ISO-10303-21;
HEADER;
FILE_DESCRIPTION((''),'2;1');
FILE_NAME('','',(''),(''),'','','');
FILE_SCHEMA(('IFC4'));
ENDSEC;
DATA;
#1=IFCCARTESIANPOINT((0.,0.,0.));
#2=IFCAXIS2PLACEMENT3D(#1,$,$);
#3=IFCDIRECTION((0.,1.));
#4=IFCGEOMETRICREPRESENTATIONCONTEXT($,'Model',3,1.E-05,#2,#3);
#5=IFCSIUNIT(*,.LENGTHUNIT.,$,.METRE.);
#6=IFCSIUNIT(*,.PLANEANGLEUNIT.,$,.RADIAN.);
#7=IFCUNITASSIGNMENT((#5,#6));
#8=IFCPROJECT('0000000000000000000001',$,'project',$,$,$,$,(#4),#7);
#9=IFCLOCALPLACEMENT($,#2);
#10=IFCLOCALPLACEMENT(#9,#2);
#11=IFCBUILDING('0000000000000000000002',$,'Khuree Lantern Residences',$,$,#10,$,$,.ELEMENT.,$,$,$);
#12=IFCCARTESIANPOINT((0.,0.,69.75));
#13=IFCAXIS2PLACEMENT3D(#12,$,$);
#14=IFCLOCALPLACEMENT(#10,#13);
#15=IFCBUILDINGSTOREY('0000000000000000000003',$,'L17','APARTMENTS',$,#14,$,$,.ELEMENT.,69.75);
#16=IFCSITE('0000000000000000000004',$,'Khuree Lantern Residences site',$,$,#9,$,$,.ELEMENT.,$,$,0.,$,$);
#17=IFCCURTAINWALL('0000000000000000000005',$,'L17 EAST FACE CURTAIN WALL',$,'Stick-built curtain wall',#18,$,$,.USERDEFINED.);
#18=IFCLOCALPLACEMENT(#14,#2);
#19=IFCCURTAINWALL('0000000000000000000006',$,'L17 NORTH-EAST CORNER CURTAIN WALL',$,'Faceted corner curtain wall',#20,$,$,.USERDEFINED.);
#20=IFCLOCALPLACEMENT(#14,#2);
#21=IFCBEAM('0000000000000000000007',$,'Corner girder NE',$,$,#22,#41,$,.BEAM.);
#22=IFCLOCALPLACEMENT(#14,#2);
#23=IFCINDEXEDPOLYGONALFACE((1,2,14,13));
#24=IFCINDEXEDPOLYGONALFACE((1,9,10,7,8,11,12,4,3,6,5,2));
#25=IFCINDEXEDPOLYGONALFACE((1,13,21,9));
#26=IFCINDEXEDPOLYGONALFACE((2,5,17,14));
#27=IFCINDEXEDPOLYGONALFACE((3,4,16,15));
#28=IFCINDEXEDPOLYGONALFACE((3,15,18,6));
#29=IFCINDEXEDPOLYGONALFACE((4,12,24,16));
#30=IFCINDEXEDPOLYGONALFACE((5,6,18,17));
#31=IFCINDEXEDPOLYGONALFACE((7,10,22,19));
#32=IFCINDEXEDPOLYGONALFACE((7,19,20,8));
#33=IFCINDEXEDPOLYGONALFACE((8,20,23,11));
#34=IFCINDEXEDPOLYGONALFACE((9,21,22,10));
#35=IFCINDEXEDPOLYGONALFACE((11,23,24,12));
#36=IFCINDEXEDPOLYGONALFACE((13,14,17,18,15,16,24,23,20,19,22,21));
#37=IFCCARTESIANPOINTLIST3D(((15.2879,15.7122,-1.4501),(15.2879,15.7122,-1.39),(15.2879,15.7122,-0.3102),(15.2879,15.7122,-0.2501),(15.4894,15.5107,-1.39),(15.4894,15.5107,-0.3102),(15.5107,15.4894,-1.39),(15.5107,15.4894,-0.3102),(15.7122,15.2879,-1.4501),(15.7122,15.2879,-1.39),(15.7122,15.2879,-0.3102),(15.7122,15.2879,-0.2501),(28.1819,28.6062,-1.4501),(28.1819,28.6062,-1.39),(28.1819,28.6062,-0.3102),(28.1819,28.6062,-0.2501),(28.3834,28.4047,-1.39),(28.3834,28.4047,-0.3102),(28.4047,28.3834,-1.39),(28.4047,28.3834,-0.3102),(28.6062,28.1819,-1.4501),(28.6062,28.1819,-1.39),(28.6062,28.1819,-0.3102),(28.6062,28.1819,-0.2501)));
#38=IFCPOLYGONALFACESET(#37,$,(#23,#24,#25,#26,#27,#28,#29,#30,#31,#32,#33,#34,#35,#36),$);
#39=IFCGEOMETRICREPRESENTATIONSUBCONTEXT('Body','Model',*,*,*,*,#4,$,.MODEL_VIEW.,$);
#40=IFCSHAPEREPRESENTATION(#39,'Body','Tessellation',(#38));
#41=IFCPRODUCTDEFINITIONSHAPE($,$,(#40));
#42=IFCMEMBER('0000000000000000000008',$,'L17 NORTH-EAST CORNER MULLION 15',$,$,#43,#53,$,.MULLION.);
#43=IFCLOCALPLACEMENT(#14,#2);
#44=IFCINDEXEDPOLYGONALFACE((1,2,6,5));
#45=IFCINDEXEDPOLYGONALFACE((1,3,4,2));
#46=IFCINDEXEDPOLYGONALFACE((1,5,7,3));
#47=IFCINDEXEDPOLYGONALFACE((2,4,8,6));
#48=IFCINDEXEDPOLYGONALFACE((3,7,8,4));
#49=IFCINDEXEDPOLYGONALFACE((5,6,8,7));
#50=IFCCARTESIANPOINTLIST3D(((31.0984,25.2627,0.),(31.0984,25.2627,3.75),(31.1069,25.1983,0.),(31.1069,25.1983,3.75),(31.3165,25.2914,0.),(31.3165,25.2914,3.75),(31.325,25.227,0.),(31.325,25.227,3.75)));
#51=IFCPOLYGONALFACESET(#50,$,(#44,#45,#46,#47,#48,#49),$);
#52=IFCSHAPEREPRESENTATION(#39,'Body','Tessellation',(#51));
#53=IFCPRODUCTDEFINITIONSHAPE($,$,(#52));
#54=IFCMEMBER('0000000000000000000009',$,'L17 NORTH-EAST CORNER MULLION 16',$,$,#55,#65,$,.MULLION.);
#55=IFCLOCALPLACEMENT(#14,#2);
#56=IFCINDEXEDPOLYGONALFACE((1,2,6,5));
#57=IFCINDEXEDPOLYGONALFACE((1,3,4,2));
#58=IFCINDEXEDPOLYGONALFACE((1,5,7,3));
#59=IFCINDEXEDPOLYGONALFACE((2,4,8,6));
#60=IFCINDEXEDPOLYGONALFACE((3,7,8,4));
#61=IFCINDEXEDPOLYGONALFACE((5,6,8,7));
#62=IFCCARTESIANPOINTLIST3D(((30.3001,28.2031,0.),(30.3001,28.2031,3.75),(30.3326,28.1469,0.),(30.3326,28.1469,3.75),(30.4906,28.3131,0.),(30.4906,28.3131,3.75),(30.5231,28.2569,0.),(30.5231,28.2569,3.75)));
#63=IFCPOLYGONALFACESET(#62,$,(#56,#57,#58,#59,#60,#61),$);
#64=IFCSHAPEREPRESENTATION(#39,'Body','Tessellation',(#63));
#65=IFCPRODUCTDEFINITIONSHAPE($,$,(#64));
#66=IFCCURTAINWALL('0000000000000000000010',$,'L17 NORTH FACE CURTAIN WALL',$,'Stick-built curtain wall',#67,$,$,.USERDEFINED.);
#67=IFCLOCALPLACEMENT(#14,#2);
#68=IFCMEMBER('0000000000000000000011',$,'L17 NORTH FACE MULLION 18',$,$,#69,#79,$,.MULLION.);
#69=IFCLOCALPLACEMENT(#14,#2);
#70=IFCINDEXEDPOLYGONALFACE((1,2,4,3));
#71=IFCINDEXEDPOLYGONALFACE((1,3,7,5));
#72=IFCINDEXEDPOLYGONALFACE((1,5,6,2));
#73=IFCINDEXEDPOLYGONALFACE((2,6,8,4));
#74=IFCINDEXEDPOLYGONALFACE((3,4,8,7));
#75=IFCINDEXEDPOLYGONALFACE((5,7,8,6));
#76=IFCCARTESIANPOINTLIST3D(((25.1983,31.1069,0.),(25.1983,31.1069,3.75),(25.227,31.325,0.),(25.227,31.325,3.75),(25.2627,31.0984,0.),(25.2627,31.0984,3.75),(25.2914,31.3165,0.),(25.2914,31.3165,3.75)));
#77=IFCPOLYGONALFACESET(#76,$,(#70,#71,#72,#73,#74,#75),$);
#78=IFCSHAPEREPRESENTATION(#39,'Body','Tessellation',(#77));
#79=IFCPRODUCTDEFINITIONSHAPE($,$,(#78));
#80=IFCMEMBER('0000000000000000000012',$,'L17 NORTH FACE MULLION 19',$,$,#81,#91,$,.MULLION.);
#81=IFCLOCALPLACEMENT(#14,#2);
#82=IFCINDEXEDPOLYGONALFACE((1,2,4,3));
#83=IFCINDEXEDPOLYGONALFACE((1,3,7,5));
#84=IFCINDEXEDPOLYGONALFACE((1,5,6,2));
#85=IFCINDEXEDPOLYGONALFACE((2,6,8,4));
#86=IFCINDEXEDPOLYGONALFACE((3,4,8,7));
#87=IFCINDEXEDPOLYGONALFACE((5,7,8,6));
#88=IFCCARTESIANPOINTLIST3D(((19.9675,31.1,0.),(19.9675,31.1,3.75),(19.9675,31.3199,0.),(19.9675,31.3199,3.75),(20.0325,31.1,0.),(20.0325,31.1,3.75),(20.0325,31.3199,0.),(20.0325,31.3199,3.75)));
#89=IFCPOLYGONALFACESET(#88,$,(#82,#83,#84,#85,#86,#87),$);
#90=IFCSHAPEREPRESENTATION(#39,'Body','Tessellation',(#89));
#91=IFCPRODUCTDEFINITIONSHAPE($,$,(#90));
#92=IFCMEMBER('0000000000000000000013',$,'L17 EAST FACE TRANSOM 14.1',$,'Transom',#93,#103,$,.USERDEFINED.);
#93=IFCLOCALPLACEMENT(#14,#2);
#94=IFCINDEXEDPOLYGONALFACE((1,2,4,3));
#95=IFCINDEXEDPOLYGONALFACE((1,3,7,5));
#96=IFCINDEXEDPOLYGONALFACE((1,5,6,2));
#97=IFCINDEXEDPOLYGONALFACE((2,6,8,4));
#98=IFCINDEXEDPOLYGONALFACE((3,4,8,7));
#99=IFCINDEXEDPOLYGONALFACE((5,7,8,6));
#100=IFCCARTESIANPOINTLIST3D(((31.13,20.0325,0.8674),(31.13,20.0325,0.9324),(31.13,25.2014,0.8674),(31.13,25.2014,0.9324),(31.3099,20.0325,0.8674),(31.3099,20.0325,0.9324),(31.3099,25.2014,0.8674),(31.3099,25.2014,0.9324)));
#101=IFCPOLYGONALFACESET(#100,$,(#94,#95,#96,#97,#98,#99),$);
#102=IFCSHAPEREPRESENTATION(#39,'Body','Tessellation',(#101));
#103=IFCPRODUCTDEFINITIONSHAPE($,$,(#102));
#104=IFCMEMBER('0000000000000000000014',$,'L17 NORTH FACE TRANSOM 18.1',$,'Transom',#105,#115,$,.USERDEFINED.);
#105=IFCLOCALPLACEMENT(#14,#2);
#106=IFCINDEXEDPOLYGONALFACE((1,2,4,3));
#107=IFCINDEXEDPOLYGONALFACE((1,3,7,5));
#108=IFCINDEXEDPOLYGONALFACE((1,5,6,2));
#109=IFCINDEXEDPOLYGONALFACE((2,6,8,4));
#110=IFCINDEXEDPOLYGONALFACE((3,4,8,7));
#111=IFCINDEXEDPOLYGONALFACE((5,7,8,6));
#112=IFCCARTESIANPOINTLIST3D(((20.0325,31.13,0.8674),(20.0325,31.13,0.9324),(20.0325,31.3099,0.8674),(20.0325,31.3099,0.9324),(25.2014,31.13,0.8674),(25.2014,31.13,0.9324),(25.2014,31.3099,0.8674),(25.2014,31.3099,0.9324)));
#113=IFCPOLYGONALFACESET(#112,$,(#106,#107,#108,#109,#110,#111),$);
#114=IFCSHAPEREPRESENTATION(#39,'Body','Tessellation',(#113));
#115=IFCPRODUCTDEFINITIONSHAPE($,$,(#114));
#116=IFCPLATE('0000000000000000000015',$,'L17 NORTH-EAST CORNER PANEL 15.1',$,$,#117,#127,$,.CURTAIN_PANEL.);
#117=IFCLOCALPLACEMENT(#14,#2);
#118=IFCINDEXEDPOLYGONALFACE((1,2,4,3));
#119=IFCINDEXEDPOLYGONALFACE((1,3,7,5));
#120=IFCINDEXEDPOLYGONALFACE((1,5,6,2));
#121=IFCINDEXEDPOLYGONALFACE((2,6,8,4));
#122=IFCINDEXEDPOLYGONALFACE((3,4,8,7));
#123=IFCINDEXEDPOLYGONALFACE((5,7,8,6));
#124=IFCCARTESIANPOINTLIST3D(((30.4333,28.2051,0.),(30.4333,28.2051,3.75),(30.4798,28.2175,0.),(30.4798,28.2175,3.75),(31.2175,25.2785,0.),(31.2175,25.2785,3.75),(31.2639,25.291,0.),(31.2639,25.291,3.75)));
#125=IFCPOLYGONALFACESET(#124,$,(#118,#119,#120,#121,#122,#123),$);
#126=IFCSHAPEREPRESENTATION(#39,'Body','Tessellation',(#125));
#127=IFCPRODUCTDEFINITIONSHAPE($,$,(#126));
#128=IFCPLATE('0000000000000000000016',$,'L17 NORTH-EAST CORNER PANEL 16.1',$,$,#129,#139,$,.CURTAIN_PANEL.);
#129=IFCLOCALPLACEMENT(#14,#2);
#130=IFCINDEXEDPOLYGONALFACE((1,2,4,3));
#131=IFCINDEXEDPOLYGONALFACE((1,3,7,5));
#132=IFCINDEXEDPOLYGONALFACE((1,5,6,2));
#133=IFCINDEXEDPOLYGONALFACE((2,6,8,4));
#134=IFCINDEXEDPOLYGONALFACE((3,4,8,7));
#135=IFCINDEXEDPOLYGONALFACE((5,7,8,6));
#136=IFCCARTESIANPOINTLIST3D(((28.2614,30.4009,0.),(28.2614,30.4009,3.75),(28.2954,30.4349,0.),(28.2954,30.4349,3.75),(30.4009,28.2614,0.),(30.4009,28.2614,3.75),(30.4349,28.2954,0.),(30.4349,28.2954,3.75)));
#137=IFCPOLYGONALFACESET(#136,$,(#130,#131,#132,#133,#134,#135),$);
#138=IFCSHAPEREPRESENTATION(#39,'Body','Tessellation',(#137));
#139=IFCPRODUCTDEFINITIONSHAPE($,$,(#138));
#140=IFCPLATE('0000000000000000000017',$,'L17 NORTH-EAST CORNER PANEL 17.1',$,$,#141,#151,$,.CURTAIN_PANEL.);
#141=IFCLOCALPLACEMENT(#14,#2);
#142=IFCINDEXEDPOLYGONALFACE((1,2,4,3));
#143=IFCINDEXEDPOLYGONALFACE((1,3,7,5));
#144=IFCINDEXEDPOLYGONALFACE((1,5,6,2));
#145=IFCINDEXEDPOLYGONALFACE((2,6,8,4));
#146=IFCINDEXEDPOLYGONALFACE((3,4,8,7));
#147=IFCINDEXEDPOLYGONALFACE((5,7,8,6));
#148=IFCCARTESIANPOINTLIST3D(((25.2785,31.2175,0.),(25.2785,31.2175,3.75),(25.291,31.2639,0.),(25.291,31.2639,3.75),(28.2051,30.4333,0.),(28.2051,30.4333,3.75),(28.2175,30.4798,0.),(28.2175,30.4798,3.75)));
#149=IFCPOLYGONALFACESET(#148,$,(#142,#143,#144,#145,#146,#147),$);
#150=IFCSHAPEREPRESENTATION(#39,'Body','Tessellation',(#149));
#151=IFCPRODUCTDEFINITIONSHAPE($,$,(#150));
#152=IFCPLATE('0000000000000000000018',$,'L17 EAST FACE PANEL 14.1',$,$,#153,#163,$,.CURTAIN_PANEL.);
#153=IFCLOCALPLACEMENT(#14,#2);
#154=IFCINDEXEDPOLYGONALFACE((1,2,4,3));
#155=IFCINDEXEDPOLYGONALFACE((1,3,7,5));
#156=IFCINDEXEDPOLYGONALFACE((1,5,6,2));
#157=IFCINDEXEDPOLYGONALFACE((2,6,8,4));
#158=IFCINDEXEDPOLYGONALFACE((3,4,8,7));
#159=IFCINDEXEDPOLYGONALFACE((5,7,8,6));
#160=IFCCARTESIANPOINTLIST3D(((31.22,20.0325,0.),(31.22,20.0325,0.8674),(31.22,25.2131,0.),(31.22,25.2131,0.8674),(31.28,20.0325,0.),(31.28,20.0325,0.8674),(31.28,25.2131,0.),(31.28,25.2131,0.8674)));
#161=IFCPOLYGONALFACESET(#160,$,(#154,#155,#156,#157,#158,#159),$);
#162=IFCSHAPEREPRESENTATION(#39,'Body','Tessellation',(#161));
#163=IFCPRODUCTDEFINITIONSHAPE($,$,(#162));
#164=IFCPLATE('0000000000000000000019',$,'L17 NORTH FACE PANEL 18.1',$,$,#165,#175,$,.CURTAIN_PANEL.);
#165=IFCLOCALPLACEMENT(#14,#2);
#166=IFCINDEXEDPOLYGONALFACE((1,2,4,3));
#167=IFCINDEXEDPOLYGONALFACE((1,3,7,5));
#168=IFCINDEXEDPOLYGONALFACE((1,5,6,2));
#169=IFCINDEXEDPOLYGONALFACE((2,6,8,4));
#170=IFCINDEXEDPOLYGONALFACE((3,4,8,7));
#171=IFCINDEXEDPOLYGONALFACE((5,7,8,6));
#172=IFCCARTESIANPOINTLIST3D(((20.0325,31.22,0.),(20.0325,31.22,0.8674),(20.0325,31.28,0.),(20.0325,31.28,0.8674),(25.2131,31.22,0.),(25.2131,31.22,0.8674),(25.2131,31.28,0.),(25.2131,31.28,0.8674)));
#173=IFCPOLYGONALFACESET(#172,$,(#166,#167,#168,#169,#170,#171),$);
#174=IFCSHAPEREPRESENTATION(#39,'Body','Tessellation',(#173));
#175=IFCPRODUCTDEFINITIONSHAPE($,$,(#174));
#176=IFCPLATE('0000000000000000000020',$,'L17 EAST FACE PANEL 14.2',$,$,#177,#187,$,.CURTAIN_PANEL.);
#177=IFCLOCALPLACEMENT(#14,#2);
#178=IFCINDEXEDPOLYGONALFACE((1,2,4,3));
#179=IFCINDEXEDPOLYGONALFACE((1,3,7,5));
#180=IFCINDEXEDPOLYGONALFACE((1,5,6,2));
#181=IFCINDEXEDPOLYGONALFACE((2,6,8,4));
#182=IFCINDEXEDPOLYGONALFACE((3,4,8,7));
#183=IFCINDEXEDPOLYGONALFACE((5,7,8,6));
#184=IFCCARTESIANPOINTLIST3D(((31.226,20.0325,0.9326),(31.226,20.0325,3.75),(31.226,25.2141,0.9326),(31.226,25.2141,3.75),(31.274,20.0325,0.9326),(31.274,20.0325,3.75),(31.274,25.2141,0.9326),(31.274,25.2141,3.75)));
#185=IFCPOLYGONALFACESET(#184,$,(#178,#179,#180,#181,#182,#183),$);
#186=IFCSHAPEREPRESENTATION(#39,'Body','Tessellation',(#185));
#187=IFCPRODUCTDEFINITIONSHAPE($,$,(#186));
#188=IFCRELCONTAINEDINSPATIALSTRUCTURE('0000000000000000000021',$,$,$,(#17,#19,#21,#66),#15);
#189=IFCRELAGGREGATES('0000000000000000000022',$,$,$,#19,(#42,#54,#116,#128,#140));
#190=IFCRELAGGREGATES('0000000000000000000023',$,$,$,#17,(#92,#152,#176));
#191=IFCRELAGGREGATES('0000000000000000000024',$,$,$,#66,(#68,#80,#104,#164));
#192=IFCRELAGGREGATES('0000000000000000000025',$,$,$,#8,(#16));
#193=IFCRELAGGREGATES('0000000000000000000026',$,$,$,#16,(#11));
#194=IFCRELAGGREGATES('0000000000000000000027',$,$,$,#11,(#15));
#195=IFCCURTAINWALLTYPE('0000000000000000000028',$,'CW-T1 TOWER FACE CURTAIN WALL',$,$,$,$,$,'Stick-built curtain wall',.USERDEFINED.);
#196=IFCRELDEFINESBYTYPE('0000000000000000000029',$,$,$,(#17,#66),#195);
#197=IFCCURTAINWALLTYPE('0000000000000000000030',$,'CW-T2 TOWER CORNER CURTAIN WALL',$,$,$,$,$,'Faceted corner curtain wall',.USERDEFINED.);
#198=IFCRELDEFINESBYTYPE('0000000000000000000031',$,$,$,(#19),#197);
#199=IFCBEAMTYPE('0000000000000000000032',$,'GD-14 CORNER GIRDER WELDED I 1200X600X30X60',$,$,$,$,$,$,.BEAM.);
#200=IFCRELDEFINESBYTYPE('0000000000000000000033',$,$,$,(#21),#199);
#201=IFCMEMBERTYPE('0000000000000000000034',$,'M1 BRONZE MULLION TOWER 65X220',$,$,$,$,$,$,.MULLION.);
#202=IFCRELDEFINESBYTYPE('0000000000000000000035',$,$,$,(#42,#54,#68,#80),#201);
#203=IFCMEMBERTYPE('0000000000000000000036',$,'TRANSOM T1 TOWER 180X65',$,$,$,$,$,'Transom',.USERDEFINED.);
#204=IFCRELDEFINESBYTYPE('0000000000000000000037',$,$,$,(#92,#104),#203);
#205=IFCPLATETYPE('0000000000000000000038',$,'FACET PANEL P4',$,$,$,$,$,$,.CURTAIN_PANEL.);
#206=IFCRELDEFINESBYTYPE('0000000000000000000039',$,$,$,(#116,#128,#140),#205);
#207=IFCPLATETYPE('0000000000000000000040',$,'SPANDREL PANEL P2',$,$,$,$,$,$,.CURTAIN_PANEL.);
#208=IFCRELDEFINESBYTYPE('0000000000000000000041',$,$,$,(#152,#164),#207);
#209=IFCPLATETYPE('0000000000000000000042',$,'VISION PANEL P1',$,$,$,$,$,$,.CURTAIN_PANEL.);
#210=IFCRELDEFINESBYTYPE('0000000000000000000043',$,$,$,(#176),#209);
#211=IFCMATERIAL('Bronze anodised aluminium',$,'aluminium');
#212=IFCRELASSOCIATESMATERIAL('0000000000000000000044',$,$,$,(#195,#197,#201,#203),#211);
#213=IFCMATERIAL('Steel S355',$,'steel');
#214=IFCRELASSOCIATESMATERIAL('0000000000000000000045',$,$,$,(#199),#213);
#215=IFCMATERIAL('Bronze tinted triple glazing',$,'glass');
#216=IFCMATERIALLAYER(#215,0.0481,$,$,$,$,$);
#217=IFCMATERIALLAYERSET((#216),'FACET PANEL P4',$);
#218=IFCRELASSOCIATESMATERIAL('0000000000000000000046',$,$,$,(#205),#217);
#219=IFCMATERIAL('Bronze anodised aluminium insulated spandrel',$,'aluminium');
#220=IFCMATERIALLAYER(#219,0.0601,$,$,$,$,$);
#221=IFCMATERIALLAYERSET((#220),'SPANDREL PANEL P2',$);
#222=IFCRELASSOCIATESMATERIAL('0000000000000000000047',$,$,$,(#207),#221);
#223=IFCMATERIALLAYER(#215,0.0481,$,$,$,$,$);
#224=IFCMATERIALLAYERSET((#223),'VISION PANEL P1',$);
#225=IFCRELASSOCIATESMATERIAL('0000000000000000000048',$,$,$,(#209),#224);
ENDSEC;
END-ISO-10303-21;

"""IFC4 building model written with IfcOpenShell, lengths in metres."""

from ifc_helpers import new_model, si_unit, direction, frame, origin, origin_2d, place, context, subcontext, project, spatial, rectangle, i_section, extrude, material, layer, layer_set, material_profile, profile_set, type_object, element, aggregate, save


model = new_model("IFC4")

# Units and contexts
model_context = context("Model", 3, precision=1e-05, world=origin(), true_north=direction((0.0, 1.0)))
body_context = subcontext(model_context, "Body", "Model", "MODEL_VIEW")
ifc_project = project(units=[si_unit("LENGTHUNIT", "METRE"), si_unit("PLANEANGLEUNIT", "RADIAN")], contexts=[model_context])

# Site, building, storey
site_placement = place(None, origin())
site = spatial("IfcSite", under=ifc_project, at=site_placement, Name="Khuree Lantern Residences site", CompositionType="ELEMENT", RefElevation=0.0)
building_placement = place(site_placement, origin())
building = spatial("IfcBuilding", under=site, at=building_placement, Name="Khuree Lantern Residences", CompositionType="ELEMENT")
storey_placement = place(building_placement, frame((0.0, 0.0, 69.75)))
storey = spatial("IfcBuildingStorey", under=building, at=storey_placement, Name="L17", Description="APARTMENTS", CompositionType="ELEMENT", Elevation=69.75)

# Shared definitions
ifc_material_1 = material(Name="Steel S355", Category="steel")

# Curtain walls
ifc_material_2 = material(Name="Bronze anodised aluminium", Category="aluminium")
curtain_wall_type_1 = type_object("IfcCurtainWallType", Name="CW-T1 TOWER FACE CURTAIN WALL", ElementType="Stick-built curtain wall", PredefinedType="USERDEFINED", material=ifc_material_2)
curtain_wall_1_placement = place(storey_placement, origin())
curtain_wall_1 = element("IfcCurtainWall", 1, at=curtain_wall_1_placement, inside=storey, type_object=curtain_wall_type_1, Name="L17 EAST FACE CURTAIN WALL", ObjectType="Stick-built curtain wall", PredefinedType="USERDEFINED")
curtain_wall_type_2 = type_object("IfcCurtainWallType", Name="CW-T2 TOWER CORNER CURTAIN WALL", ElementType="Faceted corner curtain wall", PredefinedType="USERDEFINED", material=ifc_material_2)
curtain_wall_2_placement = place(storey_placement, origin())
curtain_wall_2 = element("IfcCurtainWall", 2, at=curtain_wall_2_placement, inside=storey, type_object=curtain_wall_type_2, Name="L17 NORTH-EAST CORNER CURTAIN WALL", ObjectType="Faceted corner curtain wall", PredefinedType="USERDEFINED")

# Beam
ifc_material_profile_1 = material_profile(ifc_material_1, i_section(OverallWidth=0.6001, OverallDepth=1.2, WebThickness=0.03, FlangeThickness=0.0601, at=origin_2d()), Name="WELDED I 1200X600X30X60")
ifc_profile_set_1 = profile_set([ifc_material_profile_1], Name="Steel S355")
beam_type_1 = type_object("IfcBeamType", Name="GD-14 CORNER GIRDER WELDED I 1200X600X30X60", PredefinedType="BEAM", material=ifc_profile_set_1)
beam_1_placement = place(storey_placement, frame((28.394, 28.394, -0.8501), z_axis=(-0.707107, -0.707107, 0.0), x_axis=(0.707107, -0.707107, 0.0)))
element("IfcBeam", 3, at=beam_1_placement, inside=storey, type_object=beam_type_1, Name="Corner girder NE", PredefinedType="BEAM", context=body_context, shape_type="SweptSolid", body=[
    extrude(i_section(OverallWidth=0.6001, OverallDepth=1.2, WebThickness=0.03, FlangeThickness=0.0601, at=origin_2d()), origin(), (0.0, 0.0, 1.0), 18.2349),
])

# Members
ifc_material_profile_2 = material_profile(ifc_material_2, rectangle(XDim=0.0649, YDim=0.22, at=origin_2d()), Name="M1 65X220")
ifc_profile_set_2 = profile_set([ifc_material_profile_2], Name="Bronze anodised aluminium")
member_type_1 = type_object("IfcMemberType", Name="M1 BRONZE MULLION TOWER 65X220", PredefinedType="MULLION", material=ifc_profile_set_2)
member_1_placement = place(storey_placement, frame((31.2117, 25.2449, 0.0), z_axis=(0.0, 0.0, 1.0), x_axis=(-0.130526, 0.991445, 0.0)))
member_1 = element("IfcMember", 4, at=member_1_placement, type_object=member_type_1, Name="L17 NORTH-EAST CORNER MULLION 15", PredefinedType="MULLION", context=body_context, shape_type="SweptSolid", body=[
    extrude(rectangle(XDim=0.0649, YDim=0.22, at=origin_2d()), origin(), (0.0, 0.0, 1.0), 3.75),
])
member_2_placement = place(storey_placement, frame((30.4116, 28.23, 0.0), z_axis=(0.0, 0.0, 1.0), x_axis=(-0.5, 0.866025, 0.0)))
member_2 = element("IfcMember", 5, at=member_2_placement, type_object=member_type_1, Name="L17 NORTH-EAST CORNER MULLION 16", PredefinedType="MULLION", context=body_context, shape_type="SweptSolid", body=[
    extrude(rectangle(XDim=0.0649, YDim=0.22, at=origin_2d()), origin(), (0.0, 0.0, 1.0), 3.75),
])

# Curtain wall, members
curtain_wall_3_placement = place(storey_placement, origin())
curtain_wall_3 = element("IfcCurtainWall", 6, at=curtain_wall_3_placement, inside=storey, type_object=curtain_wall_type_1, Name="L17 NORTH FACE CURTAIN WALL", ObjectType="Stick-built curtain wall", PredefinedType="USERDEFINED")
member_3_placement = place(storey_placement, frame((25.2449, 31.2117, 0.0), z_axis=(0.0, 0.0, 1.0), x_axis=(-0.991445, 0.130526, 0.0)))
member_3 = element("IfcMember", 7, at=member_3_placement, type_object=member_type_1, Name="L17 NORTH FACE MULLION 18", PredefinedType="MULLION", context=body_context, shape_type="SweptSolid", body=[
    extrude(rectangle(XDim=0.0649, YDim=0.22, at=origin_2d()), origin(), (0.0, 0.0, 1.0), 3.75),
])
member_4_placement = place(storey_placement, frame((20.0, 31.21, 0.0), z_axis=(0.0, 0.0, 1.0), x_axis=(-1.0, 0.0, 0.0)))
member_4 = element("IfcMember", 8, at=member_4_placement, type_object=member_type_1, Name="L17 NORTH FACE MULLION 19", PredefinedType="MULLION", context=body_context, shape_type="SweptSolid", body=[
    extrude(rectangle(XDim=0.0649, YDim=0.22, at=origin_2d()), origin(), (0.0, 0.0, 1.0), 3.75),
])

# Members
ifc_material_profile_3 = material_profile(ifc_material_2, rectangle(XDim=0.1799, YDim=0.0649, at=origin_2d()), Name="T1 180X65")
ifc_profile_set_3 = profile_set([ifc_material_profile_3], Name="Bronze anodised aluminium")
member_type_2 = type_object("IfcMemberType", Name="TRANSOM T1 TOWER 180X65", ElementType="Transom", PredefinedType="USERDEFINED", material=ifc_profile_set_3)
member_5_placement = place(storey_placement, frame((31.22, 20.0325, 0.8999), z_axis=(0.0, 1.0, 0.0), x_axis=(-1.0, 0.0, 0.0)))
member_5 = element("IfcMember", 9, at=member_5_placement, type_object=member_type_2, Name="L17 EAST FACE TRANSOM 14.1", ObjectType="Transom", PredefinedType="USERDEFINED", context=body_context, shape_type="SweptSolid", body=[
    extrude(rectangle(XDim=0.1799, YDim=0.0649, at=origin_2d()), origin(), (0.0, 0.0, 1.0), 5.1689),
])
member_6_placement = place(storey_placement, frame((25.2014, 31.22, 0.8999), z_axis=(-1.0, 0.0, 0.0), x_axis=(0.0, -1.0, 0.0)))
member_6 = element("IfcMember", 10, at=member_6_placement, type_object=member_type_2, Name="L17 NORTH FACE TRANSOM 18.1", ObjectType="Transom", PredefinedType="USERDEFINED", context=body_context, shape_type="SweptSolid", body=[
    extrude(rectangle(XDim=0.1799, YDim=0.0649, at=origin_2d()), origin(), (0.0, 0.0, 1.0), 5.1689),
])

# Plates
ifc_material_3 = material(Name="Bronze tinted triple glazing", Category="glass")
ifc_layer_1 = layer(ifc_material_3, 0.0481)
ifc_layer_set_1 = layer_set([ifc_layer_1], Name="FACET PANEL P4")
plate_type_1 = type_object("IfcPlateType", Name="FACET PANEL P4", PredefinedType="CURTAIN_PANEL", material=ifc_layer_set_1)
plate_1_placement = place(storey_placement, frame((30.8486, 26.748, 0.0), z_axis=(0.0, 0.0, 1.0), x_axis=(-0.258819, 0.965926, 0.0)))
plate_1 = element("IfcPlate", 11, at=plate_1_placement, type_object=plate_type_1, Name="L17 NORTH-EAST CORNER PANEL 15.1", PredefinedType="CURTAIN_PANEL", context=body_context, shape_type="SweptSolid", body=[
    extrude(rectangle(XDim=3.0298, YDim=0.0481, at=origin_2d()), origin(), (0.0, 0.0, 1.0), 3.75),
])
plate_2_placement = place(storey_placement, frame((29.3481, 29.3481, 0.0), z_axis=(0.0, 0.0, 1.0), x_axis=(-0.707107, 0.707107, 0.0)))
plate_2 = element("IfcPlate", 12, at=plate_2_placement, type_object=plate_type_1, Name="L17 NORTH-EAST CORNER PANEL 16.1", PredefinedType="CURTAIN_PANEL", context=body_context, shape_type="SweptSolid", body=[
    extrude(rectangle(XDim=3.0256, YDim=0.0481, at=origin_2d()), origin(), (0.0, 0.0, 1.0), 3.75),
])
plate_3_placement = place(storey_placement, frame((26.748, 30.8486, 0.0), z_axis=(0.0, 0.0, 1.0), x_axis=(-0.965926, 0.258819, 0.0)))
plate_3 = element("IfcPlate", 13, at=plate_3_placement, type_object=plate_type_1, Name="L17 NORTH-EAST CORNER PANEL 17.1", PredefinedType="CURTAIN_PANEL", context=body_context, shape_type="SweptSolid", body=[
    extrude(rectangle(XDim=3.0298, YDim=0.0481, at=origin_2d()), origin(), (0.0, 0.0, 1.0), 3.75),
])
aggregate(curtain_wall_2, [member_1, member_2, plate_1, plate_2, plate_3])
ifc_material_4 = material(Name="Bronze anodised aluminium insulated spandrel", Category="aluminium")
ifc_layer_2 = layer(ifc_material_4, 0.0601)
ifc_layer_set_2 = layer_set([ifc_layer_2], Name="SPANDREL PANEL P2")
plate_type_2 = type_object("IfcPlateType", Name="SPANDREL PANEL P2", PredefinedType="CURTAIN_PANEL", material=ifc_layer_set_2)
plate_4_placement = place(storey_placement, frame((31.25, 22.6228, 0.0), z_axis=(0.0, 0.0, 1.0), x_axis=(0.0, 1.0, 0.0)))
plate_4 = element("IfcPlate", 14, at=plate_4_placement, type_object=plate_type_2, Name="L17 EAST FACE PANEL 14.1", PredefinedType="CURTAIN_PANEL", context=body_context, shape_type="SweptSolid", body=[
    extrude(rectangle(XDim=5.1807, YDim=0.0601, at=origin_2d()), origin(), (0.0, 0.0, 1.0), 0.8674),
])
plate_5_placement = place(storey_placement, frame((22.6228, 31.25, 0.0), z_axis=(0.0, 0.0, 1.0), x_axis=(-1.0, 0.0, 0.0)))
plate_5 = element("IfcPlate", 15, at=plate_5_placement, type_object=plate_type_2, Name="L17 NORTH FACE PANEL 18.1", PredefinedType="CURTAIN_PANEL", context=body_context, shape_type="SweptSolid", body=[
    extrude(rectangle(XDim=5.1807, YDim=0.0601, at=origin_2d()), origin(), (0.0, 0.0, 1.0), 0.8674),
])
ifc_layer_3 = layer(ifc_material_3, 0.0481)
ifc_layer_set_3 = layer_set([ifc_layer_3], Name="VISION PANEL P1")
plate_type_3 = type_object("IfcPlateType", Name="VISION PANEL P1", PredefinedType="CURTAIN_PANEL", material=ifc_layer_set_3)
plate_6_placement = place(storey_placement, frame((31.25, 22.6233, 0.9326), z_axis=(0.0, 0.0, 1.0), x_axis=(0.0, 1.0, 0.0)))
plate_6 = element("IfcPlate", 16, at=plate_6_placement, type_object=plate_type_3, Name="L17 EAST FACE PANEL 14.2", PredefinedType="CURTAIN_PANEL", context=body_context, shape_type="SweptSolid", body=[
    extrude(rectangle(XDim=5.1816, YDim=0.0481, at=origin_2d()), origin(), (0.0, 0.0, 1.0), 2.8174),
])
aggregate(curtain_wall_1, [member_5, plate_4, plate_6])
aggregate(curtain_wall_3, [member_3, member_4, member_6, plate_5])

save(model, "model.ifc")
